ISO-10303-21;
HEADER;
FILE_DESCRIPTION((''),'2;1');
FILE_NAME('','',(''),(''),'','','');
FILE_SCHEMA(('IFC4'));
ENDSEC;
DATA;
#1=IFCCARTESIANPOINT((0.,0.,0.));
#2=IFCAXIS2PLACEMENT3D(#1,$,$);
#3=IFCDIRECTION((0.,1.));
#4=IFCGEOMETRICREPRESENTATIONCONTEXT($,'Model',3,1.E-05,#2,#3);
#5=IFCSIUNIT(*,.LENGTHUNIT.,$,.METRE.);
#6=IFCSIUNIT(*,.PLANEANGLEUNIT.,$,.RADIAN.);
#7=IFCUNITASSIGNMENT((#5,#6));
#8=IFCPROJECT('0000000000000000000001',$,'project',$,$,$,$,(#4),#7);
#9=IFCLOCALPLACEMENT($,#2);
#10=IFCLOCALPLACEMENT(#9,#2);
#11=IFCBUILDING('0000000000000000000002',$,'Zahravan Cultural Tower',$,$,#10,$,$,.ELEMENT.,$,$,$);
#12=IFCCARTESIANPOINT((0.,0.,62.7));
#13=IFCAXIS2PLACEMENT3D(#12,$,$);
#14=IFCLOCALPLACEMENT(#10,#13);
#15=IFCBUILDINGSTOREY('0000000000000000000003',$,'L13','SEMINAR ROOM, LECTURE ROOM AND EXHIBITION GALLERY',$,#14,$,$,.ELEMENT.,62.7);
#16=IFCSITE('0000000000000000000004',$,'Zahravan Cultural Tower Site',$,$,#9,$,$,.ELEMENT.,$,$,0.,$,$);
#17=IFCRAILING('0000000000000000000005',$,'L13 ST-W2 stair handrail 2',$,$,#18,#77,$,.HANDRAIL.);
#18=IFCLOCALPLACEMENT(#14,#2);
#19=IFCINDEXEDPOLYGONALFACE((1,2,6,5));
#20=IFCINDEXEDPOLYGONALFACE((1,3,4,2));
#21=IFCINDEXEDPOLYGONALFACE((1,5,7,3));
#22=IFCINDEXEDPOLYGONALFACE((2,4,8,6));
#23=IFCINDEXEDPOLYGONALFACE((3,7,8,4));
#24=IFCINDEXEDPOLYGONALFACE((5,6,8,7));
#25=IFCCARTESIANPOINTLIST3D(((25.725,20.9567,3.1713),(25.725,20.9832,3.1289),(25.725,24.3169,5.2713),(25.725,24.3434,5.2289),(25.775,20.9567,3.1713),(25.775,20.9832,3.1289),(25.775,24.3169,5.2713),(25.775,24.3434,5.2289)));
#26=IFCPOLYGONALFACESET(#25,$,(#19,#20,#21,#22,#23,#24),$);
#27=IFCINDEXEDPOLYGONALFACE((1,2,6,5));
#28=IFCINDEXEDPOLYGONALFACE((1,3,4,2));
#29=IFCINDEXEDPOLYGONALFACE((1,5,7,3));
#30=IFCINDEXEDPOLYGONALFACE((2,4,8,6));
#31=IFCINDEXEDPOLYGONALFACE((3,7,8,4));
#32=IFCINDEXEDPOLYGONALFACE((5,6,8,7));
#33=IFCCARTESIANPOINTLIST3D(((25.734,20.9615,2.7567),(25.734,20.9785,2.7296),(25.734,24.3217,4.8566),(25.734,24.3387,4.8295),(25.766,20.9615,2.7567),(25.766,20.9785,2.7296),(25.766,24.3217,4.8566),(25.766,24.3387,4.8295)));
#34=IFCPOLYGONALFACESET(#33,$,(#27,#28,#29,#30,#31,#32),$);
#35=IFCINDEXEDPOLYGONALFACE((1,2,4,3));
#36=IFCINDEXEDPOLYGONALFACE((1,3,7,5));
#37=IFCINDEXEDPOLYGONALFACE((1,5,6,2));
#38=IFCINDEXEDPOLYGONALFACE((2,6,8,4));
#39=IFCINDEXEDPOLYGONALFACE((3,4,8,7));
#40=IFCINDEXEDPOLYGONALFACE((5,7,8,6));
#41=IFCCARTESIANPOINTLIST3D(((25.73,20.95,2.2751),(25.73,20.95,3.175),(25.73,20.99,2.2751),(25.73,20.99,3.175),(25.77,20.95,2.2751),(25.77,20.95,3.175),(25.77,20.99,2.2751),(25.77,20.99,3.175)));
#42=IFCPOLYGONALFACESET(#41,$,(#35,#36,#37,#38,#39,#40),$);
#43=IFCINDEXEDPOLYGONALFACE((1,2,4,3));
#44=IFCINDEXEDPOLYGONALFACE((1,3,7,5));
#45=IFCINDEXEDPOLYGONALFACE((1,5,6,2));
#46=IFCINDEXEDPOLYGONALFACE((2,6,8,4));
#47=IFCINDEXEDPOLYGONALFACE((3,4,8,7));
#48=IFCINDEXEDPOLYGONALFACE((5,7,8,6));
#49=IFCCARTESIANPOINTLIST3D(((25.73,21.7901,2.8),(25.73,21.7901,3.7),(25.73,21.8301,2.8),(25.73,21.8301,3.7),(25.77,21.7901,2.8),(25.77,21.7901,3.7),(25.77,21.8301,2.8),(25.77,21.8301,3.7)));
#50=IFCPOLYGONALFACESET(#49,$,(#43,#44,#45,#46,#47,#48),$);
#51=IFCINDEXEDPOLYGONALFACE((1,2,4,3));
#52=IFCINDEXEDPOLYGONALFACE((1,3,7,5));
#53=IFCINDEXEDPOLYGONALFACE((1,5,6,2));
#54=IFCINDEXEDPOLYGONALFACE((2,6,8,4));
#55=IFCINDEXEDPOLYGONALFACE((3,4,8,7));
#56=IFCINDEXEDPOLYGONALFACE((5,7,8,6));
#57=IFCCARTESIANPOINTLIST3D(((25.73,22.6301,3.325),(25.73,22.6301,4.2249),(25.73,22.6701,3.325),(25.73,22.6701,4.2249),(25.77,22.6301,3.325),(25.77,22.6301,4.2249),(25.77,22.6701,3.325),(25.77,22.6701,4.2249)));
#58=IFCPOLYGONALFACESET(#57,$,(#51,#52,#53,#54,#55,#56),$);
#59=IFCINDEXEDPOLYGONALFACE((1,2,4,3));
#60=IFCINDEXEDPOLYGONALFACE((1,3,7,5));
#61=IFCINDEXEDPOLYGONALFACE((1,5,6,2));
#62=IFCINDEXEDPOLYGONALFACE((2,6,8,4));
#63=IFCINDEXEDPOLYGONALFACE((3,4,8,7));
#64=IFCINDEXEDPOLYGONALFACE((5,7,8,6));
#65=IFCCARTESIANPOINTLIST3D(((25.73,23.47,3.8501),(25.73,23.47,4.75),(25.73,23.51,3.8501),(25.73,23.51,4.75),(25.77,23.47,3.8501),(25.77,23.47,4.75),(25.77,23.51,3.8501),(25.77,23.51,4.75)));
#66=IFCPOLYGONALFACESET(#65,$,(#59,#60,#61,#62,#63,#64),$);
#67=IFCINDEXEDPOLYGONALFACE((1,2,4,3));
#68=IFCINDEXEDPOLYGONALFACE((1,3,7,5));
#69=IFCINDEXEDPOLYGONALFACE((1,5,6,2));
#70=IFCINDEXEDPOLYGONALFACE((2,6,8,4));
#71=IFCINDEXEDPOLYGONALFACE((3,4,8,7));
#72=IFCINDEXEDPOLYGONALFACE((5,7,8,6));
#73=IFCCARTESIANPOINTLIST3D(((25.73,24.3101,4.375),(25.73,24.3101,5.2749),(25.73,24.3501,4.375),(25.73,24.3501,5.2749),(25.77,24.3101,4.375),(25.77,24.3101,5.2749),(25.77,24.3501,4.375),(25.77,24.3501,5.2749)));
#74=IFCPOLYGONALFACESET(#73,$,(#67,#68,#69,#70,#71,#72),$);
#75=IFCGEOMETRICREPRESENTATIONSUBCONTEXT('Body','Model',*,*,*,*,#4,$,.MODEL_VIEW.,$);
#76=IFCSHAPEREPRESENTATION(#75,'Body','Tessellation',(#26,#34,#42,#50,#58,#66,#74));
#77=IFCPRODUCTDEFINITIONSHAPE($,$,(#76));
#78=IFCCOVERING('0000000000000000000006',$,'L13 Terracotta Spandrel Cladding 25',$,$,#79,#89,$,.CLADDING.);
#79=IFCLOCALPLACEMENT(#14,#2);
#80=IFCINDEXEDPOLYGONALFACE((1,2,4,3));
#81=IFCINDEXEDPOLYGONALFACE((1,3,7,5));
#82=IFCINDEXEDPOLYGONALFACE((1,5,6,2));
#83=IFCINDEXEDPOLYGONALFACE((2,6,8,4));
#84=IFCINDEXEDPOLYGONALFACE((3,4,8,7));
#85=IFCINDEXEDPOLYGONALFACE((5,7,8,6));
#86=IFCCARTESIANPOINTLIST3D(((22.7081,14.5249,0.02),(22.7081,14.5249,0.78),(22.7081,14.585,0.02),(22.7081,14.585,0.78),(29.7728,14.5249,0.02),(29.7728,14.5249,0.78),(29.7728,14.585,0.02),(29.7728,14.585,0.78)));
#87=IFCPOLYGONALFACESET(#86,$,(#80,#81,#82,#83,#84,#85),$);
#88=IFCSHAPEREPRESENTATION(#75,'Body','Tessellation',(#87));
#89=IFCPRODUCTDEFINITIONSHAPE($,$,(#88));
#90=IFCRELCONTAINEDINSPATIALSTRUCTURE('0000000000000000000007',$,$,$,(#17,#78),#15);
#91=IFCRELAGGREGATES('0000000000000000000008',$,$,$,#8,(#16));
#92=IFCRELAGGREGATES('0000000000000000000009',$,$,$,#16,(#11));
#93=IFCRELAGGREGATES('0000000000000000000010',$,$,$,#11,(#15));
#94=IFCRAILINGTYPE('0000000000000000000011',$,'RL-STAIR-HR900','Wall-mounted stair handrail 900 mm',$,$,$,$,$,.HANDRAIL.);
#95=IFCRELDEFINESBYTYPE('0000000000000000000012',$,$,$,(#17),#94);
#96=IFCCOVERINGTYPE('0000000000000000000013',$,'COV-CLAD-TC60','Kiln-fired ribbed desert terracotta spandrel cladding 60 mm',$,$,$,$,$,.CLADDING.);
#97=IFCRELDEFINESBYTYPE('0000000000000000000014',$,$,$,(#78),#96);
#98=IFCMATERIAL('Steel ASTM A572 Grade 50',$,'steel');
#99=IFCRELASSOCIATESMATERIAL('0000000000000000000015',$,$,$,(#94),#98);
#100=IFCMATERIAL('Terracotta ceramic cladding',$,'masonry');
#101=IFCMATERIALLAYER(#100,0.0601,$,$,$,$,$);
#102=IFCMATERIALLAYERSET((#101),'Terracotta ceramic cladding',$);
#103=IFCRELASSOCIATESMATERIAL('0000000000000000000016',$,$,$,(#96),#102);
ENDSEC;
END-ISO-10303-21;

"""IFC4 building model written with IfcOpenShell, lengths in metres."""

from ifc_helpers import new_model, si_unit, direction, frame, origin, origin_2d, place, context, subcontext, project, spatial, rectangle, extrude, source, transform, mapped, material, layer, layer_set, type_object, element, save


model = new_model("IFC4")

# Units and contexts
model_context = context("Model", 3, precision=1e-05, world=origin(), true_north=direction((0.0, 1.0)))
body_context = subcontext(model_context, "Body", "Model", "MODEL_VIEW")
ifc_project = project(units=[si_unit("LENGTHUNIT", "METRE"), si_unit("PLANEANGLEUNIT", "RADIAN")], contexts=[model_context])

# Site, building, storey
site_placement = place(None, origin())
site = spatial("IfcSite", under=ifc_project, at=site_placement, Name="Zahravan Cultural Tower Site", CompositionType="ELEMENT", RefElevation=0.0)
building_placement = place(site_placement, origin())
building = spatial("IfcBuilding", under=site, at=building_placement, Name="Zahravan Cultural Tower", CompositionType="ELEMENT")
storey_placement = place(building_placement, frame((0.0, 0.0, 62.7)))
storey = spatial("IfcBuildingStorey", under=building, at=storey_placement, Name="L13", Description="SEMINAR ROOM, LECTURE ROOM AND EXHIBITION GALLERY", CompositionType="ELEMENT", Elevation=62.7)

# Shared definitions
ifc_material_1 = material(Name="Steel ASTM A572 Grade 50", Category="steel")

# Railing
railing_type_1 = type_object("IfcRailingType", Name="RL-STAIR-HR900", Description="Wall-mounted stair handrail 900 mm", PredefinedType="HANDRAIL", material=ifc_material_1)
railing_1_placement = place(storey_placement, frame((25.75, 20.97, 2.2751)))
element("IfcRailing", 1, at=railing_1_placement, inside=storey, type_object=railing_type_1, Name="L13 ST-W2 stair handrail 2", PredefinedType="HANDRAIL", context=body_context, shape_type="SweptSolid", body=[
    extrude(rectangle(XDim=0.05, YDim=0.05, at=origin_2d()), frame((0.0, 0.0, 0.875), z_axis=(0.0, 0.848023, 0.52996), x_axis=(-1.0, 0.0, 0.0)), (0.0, 0.0, 1.0), 3.9624),
    extrude(rectangle(XDim=0.032, YDim=0.032, at=origin_2d()), frame((0.0, 0.0, 0.468), z_axis=(0.0, 0.848023, 0.52996), x_axis=(-1.0, 0.0, 0.0)), (0.0, 0.0, 1.0), 3.9624),
    extrude(rectangle(XDim=0.04, YDim=0.04, at=origin_2d()), origin(), (0.0, 0.0, 1.0), 0.8999),
    extrude(rectangle(XDim=0.04, YDim=0.04, at=origin_2d()), frame((0.0, 0.8401, 0.5249)), (0.0, 0.0, 1.0), 0.8999),
    extrude(rectangle(XDim=0.04, YDim=0.04, at=origin_2d()), frame((0.0, 1.6802, 1.0498)), (0.0, 0.0, 1.0), 0.8999),
    extrude(rectangle(XDim=0.04, YDim=0.04, at=origin_2d()), frame((0.0, 2.52, 1.575)), (0.0, 0.0, 1.0), 0.8999),
    extrude(rectangle(XDim=0.04, YDim=0.04, at=origin_2d()), frame((0.0, 3.3601, 2.0999)), (0.0, 0.0, 1.0), 0.8999),
])

# Covering
ifc_material_2 = material(Name="Terracotta ceramic cladding", Category="masonry")
ifc_layer_1 = layer(ifc_material_2, 0.0601)
ifc_layer_set_1 = layer_set([ifc_layer_1], Name="Terracotta ceramic cladding")
covering_type = type_object("IfcCoveringType", Name="COV-CLAD-TC60", Description="Kiln-fired ribbed desert terracotta spandrel cladding 60 mm", PredefinedType="CLADDING", material=ifc_layer_set_1)
shared_shape_1 = source(origin(), body_context, "Body", "SweptSolid", [
    extrude(rectangle(XDim=7.0647, YDim=0.0601, at=origin_2d()), origin(), (0.0, 0.0, 1.0), 0.76),
])
covering_placement = place(storey_placement, frame((26.2405, 14.5549, 0.02), z_axis=(0.0, 0.0, 1.0), x_axis=(-1.0, 0.0, 0.0)))
element("IfcCovering", 2, at=covering_placement, inside=storey, type_object=covering_type, Name="L13 Terracotta Spandrel Cladding 25", PredefinedType="CLADDING", context=body_context, shape_type="MappedRepresentation", body=[
    mapped(shared_shape_1, transform((0.0, 0.0, 0.0), x_axis=(1.0, 0.0, 0.0), y_axis=(0.0, 1.0, 0.0), z_axis=(0.0, 0.0, 1.0), scale=1.0)),
])

save(model, "model.ifc")
